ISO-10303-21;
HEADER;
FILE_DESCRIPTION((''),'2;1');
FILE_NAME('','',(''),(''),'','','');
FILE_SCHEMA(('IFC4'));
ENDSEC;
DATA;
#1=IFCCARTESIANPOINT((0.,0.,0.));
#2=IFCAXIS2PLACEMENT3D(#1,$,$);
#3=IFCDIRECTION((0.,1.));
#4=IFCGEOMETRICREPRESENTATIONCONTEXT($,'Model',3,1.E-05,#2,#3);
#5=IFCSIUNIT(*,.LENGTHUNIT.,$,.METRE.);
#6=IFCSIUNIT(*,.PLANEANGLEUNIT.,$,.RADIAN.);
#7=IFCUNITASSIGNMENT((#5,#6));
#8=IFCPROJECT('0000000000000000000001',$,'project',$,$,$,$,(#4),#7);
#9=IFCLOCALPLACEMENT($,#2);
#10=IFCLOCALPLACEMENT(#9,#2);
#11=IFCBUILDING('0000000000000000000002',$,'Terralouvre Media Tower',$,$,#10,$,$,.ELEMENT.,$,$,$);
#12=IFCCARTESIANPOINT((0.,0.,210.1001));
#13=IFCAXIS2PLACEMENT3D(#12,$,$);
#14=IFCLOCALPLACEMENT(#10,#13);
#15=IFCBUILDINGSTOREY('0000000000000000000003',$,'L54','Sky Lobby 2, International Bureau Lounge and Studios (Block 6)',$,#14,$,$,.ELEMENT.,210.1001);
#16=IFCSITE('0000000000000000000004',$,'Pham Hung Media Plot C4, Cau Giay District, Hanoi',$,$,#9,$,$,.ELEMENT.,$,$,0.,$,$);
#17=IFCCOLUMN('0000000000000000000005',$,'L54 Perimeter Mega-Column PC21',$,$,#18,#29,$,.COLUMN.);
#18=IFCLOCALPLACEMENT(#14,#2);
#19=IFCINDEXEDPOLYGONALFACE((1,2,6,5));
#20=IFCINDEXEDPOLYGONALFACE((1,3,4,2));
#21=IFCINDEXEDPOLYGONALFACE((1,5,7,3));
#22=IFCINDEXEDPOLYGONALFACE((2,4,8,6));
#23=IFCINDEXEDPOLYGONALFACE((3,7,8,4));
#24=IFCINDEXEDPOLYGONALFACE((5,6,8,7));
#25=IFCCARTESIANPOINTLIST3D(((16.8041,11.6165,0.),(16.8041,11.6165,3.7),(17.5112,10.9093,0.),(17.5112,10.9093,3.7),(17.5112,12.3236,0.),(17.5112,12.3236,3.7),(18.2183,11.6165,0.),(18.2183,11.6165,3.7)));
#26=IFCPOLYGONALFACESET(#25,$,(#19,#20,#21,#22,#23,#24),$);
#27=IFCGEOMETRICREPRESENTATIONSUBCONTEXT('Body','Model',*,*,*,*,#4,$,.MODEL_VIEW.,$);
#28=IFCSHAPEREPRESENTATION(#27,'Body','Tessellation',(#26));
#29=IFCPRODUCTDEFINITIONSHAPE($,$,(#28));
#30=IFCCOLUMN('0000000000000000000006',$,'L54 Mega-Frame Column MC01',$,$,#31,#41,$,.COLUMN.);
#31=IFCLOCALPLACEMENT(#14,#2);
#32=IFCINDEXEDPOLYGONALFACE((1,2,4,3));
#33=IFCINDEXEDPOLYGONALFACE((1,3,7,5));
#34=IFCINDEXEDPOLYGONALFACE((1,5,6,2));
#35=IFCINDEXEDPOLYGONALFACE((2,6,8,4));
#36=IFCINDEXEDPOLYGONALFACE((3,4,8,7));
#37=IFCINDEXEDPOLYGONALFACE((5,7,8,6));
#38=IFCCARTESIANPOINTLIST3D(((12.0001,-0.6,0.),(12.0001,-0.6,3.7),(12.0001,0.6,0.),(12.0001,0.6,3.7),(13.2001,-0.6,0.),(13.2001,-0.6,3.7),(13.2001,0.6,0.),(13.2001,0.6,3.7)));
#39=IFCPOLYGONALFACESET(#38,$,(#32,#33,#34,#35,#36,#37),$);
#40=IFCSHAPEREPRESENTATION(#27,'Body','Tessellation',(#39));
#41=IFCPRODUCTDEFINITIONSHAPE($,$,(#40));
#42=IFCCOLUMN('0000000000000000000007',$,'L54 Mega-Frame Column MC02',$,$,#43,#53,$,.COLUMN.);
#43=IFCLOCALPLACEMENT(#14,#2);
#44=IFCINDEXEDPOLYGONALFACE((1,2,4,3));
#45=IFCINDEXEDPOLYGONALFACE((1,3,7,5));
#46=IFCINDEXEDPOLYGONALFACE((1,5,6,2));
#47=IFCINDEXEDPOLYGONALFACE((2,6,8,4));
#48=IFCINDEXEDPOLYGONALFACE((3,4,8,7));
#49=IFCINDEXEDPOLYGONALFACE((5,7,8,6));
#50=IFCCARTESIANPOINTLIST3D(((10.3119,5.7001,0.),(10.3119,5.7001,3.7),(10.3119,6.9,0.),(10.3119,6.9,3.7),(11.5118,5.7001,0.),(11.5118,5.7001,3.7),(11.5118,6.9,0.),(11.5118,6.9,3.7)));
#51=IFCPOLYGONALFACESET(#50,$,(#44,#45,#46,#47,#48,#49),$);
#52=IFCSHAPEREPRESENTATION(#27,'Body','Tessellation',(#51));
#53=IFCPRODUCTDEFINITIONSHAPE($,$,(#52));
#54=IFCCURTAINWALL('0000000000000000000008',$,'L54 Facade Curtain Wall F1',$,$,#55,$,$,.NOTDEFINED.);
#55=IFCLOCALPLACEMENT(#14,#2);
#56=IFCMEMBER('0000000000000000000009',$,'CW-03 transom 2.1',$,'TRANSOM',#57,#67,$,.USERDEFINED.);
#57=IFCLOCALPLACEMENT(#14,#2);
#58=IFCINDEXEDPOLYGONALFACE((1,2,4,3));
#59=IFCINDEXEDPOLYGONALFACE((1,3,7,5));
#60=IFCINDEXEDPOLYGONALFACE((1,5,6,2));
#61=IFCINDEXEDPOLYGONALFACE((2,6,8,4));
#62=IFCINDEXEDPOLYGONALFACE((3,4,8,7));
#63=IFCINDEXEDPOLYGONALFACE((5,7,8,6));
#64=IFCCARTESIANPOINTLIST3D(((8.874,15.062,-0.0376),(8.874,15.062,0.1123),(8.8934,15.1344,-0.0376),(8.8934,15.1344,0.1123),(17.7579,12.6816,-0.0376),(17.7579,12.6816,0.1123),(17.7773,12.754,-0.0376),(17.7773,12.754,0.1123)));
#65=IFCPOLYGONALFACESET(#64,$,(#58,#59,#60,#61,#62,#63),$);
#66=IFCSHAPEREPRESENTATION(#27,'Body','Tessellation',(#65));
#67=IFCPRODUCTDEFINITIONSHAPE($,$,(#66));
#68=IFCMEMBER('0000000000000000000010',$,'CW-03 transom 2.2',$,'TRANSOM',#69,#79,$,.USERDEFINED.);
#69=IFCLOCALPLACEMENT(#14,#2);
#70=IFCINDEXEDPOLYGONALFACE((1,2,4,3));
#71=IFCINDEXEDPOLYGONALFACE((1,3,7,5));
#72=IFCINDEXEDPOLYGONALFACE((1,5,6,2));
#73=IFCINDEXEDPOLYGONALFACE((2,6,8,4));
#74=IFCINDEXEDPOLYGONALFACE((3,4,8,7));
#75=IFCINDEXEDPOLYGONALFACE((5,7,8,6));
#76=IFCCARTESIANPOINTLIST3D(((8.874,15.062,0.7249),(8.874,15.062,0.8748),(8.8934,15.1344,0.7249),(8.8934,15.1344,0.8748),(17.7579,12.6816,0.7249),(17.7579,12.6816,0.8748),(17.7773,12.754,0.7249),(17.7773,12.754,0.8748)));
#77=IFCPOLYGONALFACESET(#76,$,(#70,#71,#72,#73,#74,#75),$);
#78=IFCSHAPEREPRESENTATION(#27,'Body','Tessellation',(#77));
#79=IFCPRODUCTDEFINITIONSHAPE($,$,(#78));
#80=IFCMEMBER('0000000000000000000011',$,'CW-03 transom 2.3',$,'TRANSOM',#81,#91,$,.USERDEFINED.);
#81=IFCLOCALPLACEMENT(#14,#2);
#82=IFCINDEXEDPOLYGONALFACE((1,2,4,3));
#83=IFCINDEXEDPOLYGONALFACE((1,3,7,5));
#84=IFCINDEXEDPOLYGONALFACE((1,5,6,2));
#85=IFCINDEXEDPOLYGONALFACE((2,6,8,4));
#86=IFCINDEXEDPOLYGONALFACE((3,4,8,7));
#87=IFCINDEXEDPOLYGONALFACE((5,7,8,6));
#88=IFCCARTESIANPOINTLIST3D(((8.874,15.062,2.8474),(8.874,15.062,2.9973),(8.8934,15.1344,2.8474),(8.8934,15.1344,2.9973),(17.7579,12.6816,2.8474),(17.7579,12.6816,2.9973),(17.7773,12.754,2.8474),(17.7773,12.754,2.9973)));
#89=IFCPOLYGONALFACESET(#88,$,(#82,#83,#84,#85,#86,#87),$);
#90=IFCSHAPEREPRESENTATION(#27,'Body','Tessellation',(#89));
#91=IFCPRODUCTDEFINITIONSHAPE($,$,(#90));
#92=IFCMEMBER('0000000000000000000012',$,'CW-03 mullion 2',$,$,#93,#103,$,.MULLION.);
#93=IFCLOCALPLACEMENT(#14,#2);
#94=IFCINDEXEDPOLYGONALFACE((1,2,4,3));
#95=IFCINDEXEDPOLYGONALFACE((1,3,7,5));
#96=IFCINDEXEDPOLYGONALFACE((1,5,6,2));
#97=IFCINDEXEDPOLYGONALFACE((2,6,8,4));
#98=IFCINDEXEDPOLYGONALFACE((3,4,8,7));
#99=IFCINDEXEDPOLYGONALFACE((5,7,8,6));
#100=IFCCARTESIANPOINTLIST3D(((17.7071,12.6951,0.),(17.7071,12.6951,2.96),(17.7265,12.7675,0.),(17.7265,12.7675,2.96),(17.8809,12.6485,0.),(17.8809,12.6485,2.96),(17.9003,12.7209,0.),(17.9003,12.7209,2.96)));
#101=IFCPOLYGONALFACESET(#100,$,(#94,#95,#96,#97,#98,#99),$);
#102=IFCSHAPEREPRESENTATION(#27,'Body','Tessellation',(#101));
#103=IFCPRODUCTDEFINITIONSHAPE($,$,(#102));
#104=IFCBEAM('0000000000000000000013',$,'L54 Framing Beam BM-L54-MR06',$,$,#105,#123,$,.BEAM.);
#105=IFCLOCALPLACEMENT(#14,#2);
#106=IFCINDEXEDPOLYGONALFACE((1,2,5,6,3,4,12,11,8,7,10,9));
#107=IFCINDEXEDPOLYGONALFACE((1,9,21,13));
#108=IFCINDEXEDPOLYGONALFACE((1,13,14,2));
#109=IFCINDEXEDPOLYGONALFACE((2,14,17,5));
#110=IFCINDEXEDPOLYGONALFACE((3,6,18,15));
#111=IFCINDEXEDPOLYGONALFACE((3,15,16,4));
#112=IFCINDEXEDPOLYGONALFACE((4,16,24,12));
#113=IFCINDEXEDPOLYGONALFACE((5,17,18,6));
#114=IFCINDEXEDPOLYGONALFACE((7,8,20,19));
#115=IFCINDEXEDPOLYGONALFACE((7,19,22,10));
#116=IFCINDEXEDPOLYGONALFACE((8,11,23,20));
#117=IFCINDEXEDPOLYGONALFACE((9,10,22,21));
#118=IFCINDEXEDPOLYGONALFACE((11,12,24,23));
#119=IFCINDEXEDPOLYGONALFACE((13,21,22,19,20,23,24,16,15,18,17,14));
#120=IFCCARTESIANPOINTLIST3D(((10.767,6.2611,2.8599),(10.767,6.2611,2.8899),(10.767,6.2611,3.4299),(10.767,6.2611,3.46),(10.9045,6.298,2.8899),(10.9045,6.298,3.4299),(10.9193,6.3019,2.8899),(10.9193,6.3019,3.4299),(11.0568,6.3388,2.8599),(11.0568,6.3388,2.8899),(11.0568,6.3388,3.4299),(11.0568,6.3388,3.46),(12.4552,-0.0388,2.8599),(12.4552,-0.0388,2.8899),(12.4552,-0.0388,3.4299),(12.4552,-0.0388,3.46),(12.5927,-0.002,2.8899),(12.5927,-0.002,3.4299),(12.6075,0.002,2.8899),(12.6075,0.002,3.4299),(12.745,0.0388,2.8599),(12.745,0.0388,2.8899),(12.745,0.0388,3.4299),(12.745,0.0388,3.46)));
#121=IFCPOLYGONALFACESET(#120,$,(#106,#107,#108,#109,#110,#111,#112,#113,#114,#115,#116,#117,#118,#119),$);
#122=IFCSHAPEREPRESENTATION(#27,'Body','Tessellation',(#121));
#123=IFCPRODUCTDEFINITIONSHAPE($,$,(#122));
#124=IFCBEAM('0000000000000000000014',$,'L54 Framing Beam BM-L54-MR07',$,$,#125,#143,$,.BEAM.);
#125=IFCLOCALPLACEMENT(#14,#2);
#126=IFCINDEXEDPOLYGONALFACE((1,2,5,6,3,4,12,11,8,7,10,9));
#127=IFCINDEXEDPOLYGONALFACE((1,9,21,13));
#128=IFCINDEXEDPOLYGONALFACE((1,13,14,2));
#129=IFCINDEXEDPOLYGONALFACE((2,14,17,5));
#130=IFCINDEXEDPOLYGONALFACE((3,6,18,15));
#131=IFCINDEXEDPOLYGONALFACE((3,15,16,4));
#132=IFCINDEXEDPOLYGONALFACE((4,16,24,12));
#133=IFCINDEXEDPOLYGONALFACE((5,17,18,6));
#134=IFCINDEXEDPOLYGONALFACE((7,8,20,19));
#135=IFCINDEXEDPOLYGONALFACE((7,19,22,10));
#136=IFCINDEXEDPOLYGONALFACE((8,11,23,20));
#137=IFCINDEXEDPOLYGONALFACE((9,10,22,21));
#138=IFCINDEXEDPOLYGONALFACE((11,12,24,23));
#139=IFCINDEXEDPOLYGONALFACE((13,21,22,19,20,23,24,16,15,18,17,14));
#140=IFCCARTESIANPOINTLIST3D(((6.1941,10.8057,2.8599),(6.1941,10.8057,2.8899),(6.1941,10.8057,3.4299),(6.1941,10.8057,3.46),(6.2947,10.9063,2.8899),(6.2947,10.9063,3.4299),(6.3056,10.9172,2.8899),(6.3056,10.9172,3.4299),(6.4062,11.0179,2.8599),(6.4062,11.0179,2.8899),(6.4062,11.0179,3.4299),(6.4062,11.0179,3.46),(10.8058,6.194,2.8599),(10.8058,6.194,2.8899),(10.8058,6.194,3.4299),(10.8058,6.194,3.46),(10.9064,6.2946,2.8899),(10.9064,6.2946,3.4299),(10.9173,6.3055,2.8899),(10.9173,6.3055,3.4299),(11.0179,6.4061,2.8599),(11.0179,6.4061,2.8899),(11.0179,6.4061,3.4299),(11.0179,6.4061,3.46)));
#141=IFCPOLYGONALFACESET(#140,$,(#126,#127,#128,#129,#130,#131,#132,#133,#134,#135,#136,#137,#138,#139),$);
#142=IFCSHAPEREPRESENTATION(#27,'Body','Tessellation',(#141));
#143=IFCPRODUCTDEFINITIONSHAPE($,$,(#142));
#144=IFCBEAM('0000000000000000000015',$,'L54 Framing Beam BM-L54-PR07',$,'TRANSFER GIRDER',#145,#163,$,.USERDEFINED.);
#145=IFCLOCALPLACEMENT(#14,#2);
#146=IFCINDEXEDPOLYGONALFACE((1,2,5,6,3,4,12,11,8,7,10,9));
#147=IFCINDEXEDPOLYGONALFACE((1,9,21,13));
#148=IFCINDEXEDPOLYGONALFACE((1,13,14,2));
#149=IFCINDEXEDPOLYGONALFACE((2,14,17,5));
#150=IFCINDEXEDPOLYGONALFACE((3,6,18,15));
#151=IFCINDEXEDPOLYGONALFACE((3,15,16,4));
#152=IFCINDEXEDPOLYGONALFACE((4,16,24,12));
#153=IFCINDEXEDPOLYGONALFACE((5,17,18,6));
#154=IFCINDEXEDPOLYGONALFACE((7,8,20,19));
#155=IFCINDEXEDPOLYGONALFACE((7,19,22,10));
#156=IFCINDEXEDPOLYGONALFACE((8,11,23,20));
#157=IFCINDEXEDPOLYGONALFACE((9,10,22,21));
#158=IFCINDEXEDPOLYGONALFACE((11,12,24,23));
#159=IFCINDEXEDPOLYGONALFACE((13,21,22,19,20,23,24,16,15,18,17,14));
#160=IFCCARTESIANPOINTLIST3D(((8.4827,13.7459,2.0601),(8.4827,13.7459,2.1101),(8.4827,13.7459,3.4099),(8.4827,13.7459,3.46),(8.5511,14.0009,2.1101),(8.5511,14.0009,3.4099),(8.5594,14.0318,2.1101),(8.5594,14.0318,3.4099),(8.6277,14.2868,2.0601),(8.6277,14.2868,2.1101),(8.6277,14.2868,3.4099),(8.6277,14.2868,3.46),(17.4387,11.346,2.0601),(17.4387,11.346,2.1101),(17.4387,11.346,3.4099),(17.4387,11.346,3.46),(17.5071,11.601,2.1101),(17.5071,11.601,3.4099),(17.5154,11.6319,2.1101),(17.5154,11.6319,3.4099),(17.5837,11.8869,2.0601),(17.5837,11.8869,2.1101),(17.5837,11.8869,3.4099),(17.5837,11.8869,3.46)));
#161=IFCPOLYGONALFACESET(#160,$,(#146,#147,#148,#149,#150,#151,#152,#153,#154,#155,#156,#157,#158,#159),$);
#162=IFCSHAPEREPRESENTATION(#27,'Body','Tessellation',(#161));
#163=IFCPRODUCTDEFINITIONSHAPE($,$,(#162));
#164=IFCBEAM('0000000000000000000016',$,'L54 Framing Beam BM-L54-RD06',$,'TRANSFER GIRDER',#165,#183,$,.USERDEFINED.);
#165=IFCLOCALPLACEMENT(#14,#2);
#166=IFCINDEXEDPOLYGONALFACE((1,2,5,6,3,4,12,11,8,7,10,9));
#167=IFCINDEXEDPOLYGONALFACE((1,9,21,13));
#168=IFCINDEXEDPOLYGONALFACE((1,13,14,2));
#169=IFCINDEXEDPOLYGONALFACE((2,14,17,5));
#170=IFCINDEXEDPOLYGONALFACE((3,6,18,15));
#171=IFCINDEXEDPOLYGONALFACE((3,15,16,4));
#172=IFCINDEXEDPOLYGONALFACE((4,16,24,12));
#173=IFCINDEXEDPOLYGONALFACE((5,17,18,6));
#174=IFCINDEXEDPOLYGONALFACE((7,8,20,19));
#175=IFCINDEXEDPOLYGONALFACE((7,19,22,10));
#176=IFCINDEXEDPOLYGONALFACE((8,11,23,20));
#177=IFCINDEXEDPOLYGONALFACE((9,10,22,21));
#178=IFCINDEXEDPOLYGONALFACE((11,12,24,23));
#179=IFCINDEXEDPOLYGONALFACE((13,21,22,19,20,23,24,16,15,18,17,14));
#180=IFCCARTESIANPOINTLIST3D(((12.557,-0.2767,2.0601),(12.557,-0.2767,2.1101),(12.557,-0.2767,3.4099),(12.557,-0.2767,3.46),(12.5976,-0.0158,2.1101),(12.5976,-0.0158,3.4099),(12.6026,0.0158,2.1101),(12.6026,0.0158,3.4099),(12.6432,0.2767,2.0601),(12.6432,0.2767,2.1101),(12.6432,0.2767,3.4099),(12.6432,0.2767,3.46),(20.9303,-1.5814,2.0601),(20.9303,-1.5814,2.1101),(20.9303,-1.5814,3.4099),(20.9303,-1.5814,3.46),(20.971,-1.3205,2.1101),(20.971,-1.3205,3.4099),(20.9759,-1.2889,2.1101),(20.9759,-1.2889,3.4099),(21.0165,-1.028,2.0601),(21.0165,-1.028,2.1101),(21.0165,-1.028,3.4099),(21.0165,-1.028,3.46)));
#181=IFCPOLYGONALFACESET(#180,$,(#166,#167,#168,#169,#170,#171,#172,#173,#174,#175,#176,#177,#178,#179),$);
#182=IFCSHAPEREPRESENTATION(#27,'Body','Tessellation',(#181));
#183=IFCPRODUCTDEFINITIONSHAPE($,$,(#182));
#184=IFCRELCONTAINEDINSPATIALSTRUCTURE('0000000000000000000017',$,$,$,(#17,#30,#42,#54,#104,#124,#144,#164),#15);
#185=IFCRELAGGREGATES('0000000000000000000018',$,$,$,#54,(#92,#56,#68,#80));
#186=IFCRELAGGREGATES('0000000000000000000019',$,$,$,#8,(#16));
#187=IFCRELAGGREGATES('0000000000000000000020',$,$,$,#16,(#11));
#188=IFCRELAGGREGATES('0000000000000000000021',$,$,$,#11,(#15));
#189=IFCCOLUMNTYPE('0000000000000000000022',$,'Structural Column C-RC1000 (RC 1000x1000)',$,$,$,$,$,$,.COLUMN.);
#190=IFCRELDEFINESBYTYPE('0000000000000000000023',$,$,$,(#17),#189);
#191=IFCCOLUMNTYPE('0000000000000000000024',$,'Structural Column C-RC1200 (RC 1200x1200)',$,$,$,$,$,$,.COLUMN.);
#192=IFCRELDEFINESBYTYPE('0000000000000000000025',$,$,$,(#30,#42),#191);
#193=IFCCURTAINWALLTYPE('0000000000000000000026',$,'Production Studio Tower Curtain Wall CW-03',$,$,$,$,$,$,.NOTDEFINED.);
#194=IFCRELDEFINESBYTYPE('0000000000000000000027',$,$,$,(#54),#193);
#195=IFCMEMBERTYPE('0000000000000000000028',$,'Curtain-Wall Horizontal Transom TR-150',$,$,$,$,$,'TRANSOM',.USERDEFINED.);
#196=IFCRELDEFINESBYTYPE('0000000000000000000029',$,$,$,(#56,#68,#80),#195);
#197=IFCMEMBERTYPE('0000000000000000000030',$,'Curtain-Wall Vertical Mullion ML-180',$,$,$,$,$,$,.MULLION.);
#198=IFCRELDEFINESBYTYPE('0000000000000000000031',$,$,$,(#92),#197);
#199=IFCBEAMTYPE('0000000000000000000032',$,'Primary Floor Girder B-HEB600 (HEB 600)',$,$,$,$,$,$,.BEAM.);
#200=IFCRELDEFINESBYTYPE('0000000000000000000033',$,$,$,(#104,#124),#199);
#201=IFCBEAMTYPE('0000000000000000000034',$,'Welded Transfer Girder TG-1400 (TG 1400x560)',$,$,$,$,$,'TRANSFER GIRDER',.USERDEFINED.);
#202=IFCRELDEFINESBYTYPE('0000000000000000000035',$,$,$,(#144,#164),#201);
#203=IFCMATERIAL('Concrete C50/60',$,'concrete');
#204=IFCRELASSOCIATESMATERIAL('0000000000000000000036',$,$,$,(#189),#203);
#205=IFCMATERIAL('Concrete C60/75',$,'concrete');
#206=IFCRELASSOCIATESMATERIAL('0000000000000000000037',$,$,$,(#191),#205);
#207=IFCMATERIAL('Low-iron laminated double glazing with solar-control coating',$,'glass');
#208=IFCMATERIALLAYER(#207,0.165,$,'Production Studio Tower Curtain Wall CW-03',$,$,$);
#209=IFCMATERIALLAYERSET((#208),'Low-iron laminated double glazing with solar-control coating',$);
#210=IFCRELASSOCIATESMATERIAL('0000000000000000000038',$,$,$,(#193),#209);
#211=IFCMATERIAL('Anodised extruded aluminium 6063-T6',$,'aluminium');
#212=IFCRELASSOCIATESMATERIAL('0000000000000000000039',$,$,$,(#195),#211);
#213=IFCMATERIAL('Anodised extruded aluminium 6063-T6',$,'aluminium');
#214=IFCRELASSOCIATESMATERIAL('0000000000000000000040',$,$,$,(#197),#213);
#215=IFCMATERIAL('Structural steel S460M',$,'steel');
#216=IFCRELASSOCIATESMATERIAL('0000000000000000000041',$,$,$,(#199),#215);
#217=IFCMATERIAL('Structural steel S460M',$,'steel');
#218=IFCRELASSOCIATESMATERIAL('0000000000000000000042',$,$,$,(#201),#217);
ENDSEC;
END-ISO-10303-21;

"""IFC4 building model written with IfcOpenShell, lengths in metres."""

from ifc_helpers import new_model, si_unit, direction, frame, origin, origin_2d, place, context, subcontext, project, spatial, rectangle, i_section, extrude, material, layer, layer_set, material_profile, profile_set, type_object, element, aggregate, save


model = new_model("IFC4")

# Units and contexts
model_context = context("Model", 3, precision=1e-05, world=origin(), true_north=direction((0.0, 1.0)))
body_context = subcontext(model_context, "Body", "Model", "MODEL_VIEW")
ifc_project = project(units=[si_unit("LENGTHUNIT", "METRE"), si_unit("PLANEANGLEUNIT", "RADIAN")], contexts=[model_context])

# Site, building, storey
site_placement = place(None, origin())
site = spatial("IfcSite", under=ifc_project, at=site_placement, Name="Pham Hung Media Plot C4, Cau Giay District, Hanoi", CompositionType="ELEMENT", RefElevation=0.0)
building_placement = place(site_placement, origin())
building = spatial("IfcBuilding", under=site, at=building_placement, Name="Terralouvre Media Tower", CompositionType="ELEMENT")
storey_placement = place(building_placement, frame((0.0, 0.0, 210.1001)))
storey = spatial("IfcBuildingStorey", under=building, at=storey_placement, Name="L54", Description="Sky Lobby 2, International Bureau Lounge and Studios (Block 6)", CompositionType="ELEMENT", Elevation=210.1001)

# Columns
ifc_material_1 = material(Name="Concrete C50/60", Category="concrete")
ifc_material_profile_1 = material_profile(ifc_material_1, rectangle(XDim=1.0, YDim=1.0, at=origin_2d()), Name="RC 1000x1000")
ifc_profile_set_1 = profile_set([ifc_material_profile_1], Name="Concrete C50/60")
column_type_1 = type_object("IfcColumnType", Name="Structural Column C-RC1000 (RC 1000x1000)", PredefinedType="COLUMN", material=ifc_profile_set_1)
column_placement = place(storey_placement, frame((17.5112, 11.6165, 0.0), z_axis=(0.0, 0.0, 1.0), x_axis=(0.707107, 0.707107, 0.0)))
element("IfcColumn", 1, at=column_placement, inside=storey, type_object=column_type_1, Name="L54 Perimeter Mega-Column PC21", PredefinedType="COLUMN", context=body_context, shape_type="SweptSolid", body=[
    extrude(rectangle(XDim=1.0, YDim=1.0, at=origin_2d()), origin(), (0.0, 0.0, 1.0), 3.7),
])
ifc_material_2 = material(Name="Concrete C60/75", Category="concrete")
ifc_material_profile_2 = material_profile(ifc_material_2, rectangle(XDim=1.2, YDim=1.2, at=origin_2d()), Name="RC 1200x1200")
ifc_profile_set_2 = profile_set([ifc_material_profile_2], Name="Concrete C60/75")
column_type_2 = type_object("IfcColumnType", Name="Structural Column C-RC1200 (RC 1200x1200)", PredefinedType="COLUMN", material=ifc_profile_set_2)
for number, where, z_axis, x_axis, name in (
    (2, (12.6001, 0.0, 0.0), (0.0, 0.0, 1.0), (1.0, 0.0, 0.0), "L54 Mega-Frame Column MC01"),
    (3, (10.9119, 6.3, 0.0), (0.0, 0.0, 1.0), (1.0, 0.0, 0.0), "L54 Mega-Frame Column MC02"),
):
    element("IfcColumn", number, at=place(storey_placement, frame(where, z_axis=z_axis, x_axis=x_axis)), inside=storey, type_object=column_type_2, Name=name, PredefinedType="COLUMN", context=body_context, shape_type="SweptSolid", body=[
        extrude(rectangle(XDim=1.2, YDim=1.2, at=origin_2d()), origin(), (0.0, 0.0, 1.0), 3.7),
    ])

# Curtain wall, members
ifc_material_3 = material(Name="Low-iron laminated double glazing with solar-control coating", Category="glass")
ifc_layer_1 = layer(ifc_material_3, 0.165, Name="Production Studio Tower Curtain Wall CW-03")
ifc_layer_set_1 = layer_set([ifc_layer_1], Name="Low-iron laminated double glazing with solar-control coating")
curtain_wall_type = type_object("IfcCurtainWallType", Name="Production Studio Tower Curtain Wall CW-03", PredefinedType="NOTDEFINED", material=ifc_layer_set_1)
curtain_wall_placement = place(storey_placement, origin())
curtain_wall = element("IfcCurtainWall", 4, at=curtain_wall_placement, inside=storey, type_object=curtain_wall_type, Name="L54 Facade Curtain Wall F1", PredefinedType="NOTDEFINED")
ifc_material_4 = material(Name="Anodised extruded aluminium 6063-T6", Category="aluminium")
ifc_material_profile_3 = material_profile(ifc_material_4, rectangle(XDim=0.075, YDim=0.1499, at=origin_2d()), Name="ALU 75x150")
ifc_profile_set_3 = profile_set([ifc_material_profile_3], Name="Anodised extruded aluminium 6063-T6")
member_type_1 = type_object("IfcMemberType", Name="Curtain-Wall Horizontal Transom TR-150", ElementType="TRANSOM", PredefinedType="USERDEFINED", material=ifc_profile_set_3)
member_1_placement = place(storey_placement, frame((17.7676, 12.7178, 0.0374), z_axis=(-0.965927, 0.258816, 0.0), x_axis=(-0.258816, -0.965927, 0.0)))
member_1 = element("IfcMember", 5, at=member_1_placement, type_object=member_type_1, Name="CW-03 transom 2.1", ObjectType="TRANSOM", PredefinedType="USERDEFINED", context=body_context, shape_type="SweptSolid", body=[
    extrude(rectangle(XDim=0.075, YDim=0.1499, at=origin_2d()), origin(), (0.0, 0.0, 1.0), 9.1973),
])
member_2_placement = place(storey_placement, frame((17.7676, 12.7178, 0.7998), z_axis=(-0.965927, 0.258816, 0.0), x_axis=(-0.258816, -0.965927, 0.0)))
member_2 = element("IfcMember", 6, at=member_2_placement, type_object=member_type_1, Name="CW-03 transom 2.2", ObjectType="TRANSOM", PredefinedType="USERDEFINED", context=body_context, shape_type="SweptSolid", body=[
    extrude(rectangle(XDim=0.075, YDim=0.1499, at=origin_2d()), origin(), (0.0, 0.0, 1.0), 9.1973),
])
member_3_placement = place(storey_placement, frame((17.7676, 12.7178, 2.9224), z_axis=(-0.965927, 0.258816, 0.0), x_axis=(-0.258816, -0.965927, 0.0)))
member_3 = element("IfcMember", 7, at=member_3_placement, type_object=member_type_1, Name="CW-03 transom 2.3", ObjectType="TRANSOM", PredefinedType="USERDEFINED", context=body_context, shape_type="SweptSolid", body=[
    extrude(rectangle(XDim=0.075, YDim=0.1499, at=origin_2d()), origin(), (0.0, 0.0, 1.0), 9.1973),
])
ifc_material_5 = material(Name="Anodised extruded aluminium 6063-T6", Category="aluminium")
ifc_material_profile_4 = material_profile(ifc_material_5, rectangle(XDim=0.075, YDim=0.1799, at=origin_2d()), Name="ALU 75x180")
ifc_profile_set_4 = profile_set([ifc_material_profile_4], Name="Anodised extruded aluminium 6063-T6")
member_type_2 = type_object("IfcMemberType", Name="Curtain-Wall Vertical Mullion ML-180", PredefinedType="MULLION", material=ifc_profile_set_4)
member_4_placement = place(storey_placement, frame((17.8037, 12.708, 0.0), z_axis=(0.0, 0.0, 1.0), x_axis=(-0.258819, -0.965926, 0.0)))
member_4 = element("IfcMember", 8, at=member_4_placement, type_object=member_type_2, Name="CW-03 mullion 2", PredefinedType="MULLION", context=body_context, shape_type="SweptSolid", body=[
    extrude(rectangle(XDim=0.075, YDim=0.1799, at=origin_2d()), origin(), (0.0, 0.0, 1.0), 2.96),
])

# Beams
ifc_material_6 = material(Name="Structural steel S460M", Category="steel")
ifc_material_profile_5 = material_profile(ifc_material_6, i_section(OverallWidth=0.3, OverallDepth=0.6001, WebThickness=0.0154, FlangeThickness=0.03, at=origin_2d()), Name="HEB 600")
ifc_profile_set_5 = profile_set([ifc_material_profile_5], Name="Structural steel S460M")
beam_type_1 = type_object("IfcBeamType", Name="Primary Floor Girder B-HEB600 (HEB 600)", PredefinedType="BEAM", material=ifc_profile_set_5)
beam_1_placement = place(storey_placement, frame((12.6001, 0.0, 3.1599), z_axis=(-0.258839, 0.96592, 0.0), x_axis=(-0.96592, -0.258839, 0.0)))
element("IfcBeam", 9, at=beam_1_placement, inside=storey, type_object=beam_type_1, Name="L54 Framing Beam BM-L54-MR06", PredefinedType="BEAM", context=body_context, shape_type="SweptSolid", body=[
    extrude(i_section(OverallWidth=0.3, OverallDepth=0.6001, WebThickness=0.0154, FlangeThickness=0.03, at=origin_2d()), origin(), (0.0, 0.0, 1.0), 6.5222),
])
beam_2_placement = place(storey_placement, frame((10.9119, 6.3, 3.1599), z_axis=(-0.707107, 0.707107, 0.0), x_axis=(-0.707107, -0.707107, 0.0)))
element("IfcBeam", 10, at=beam_2_placement, inside=storey, type_object=beam_type_1, Name="L54 Framing Beam BM-L54-MR07", PredefinedType="BEAM", context=body_context, shape_type="SweptSolid", body=[
    extrude(i_section(OverallWidth=0.3, OverallDepth=0.6001, WebThickness=0.0154, FlangeThickness=0.03, at=origin_2d()), origin(), (0.0, 0.0, 1.0), 6.522),
])
ifc_material_7 = material(Name="Structural steel S460M", Category="steel")
ifc_material_profile_6 = material_profile(ifc_material_7, i_section(OverallWidth=0.5601, OverallDepth=1.3999, WebThickness=0.032, FlangeThickness=0.05, at=origin_2d()), Name="TG 1400x560")
ifc_profile_set_6 = profile_set([ifc_material_profile_6], Name="Structural steel S460M")
beam_type_2 = type_object("IfcBeamType", Name="Welded Transfer Girder TG-1400 (TG 1400x560)", ElementType="TRANSFER GIRDER", PredefinedType="USERDEFINED", material=ifc_profile_set_6)
beam_3_placement = place(storey_placement, frame((17.5112, 11.6165, 2.76), z_axis=(-0.965922, 0.258833, 0.0), x_axis=(-0.258833, -0.965922, 0.0)))
element("IfcBeam", 11, at=beam_3_placement, inside=storey, type_object=beam_type_2, Name="L54 Framing Beam BM-L54-PR07", ObjectType="TRANSFER GIRDER", PredefinedType="USERDEFINED", context=body_context, shape_type="SweptSolid", body=[
    extrude(i_section(OverallWidth=0.5601, OverallDepth=1.3999, WebThickness=0.032, FlangeThickness=0.05, at=origin_2d()), origin(), (0.0, 0.0, 1.0), 9.272),
])
for number, where, z_axis, x_axis, name in (
    (12, (12.6001, 0.0, 2.76), (0.988077, -0.153958, 0.0), (0.153958, 0.988077, 0.0), "L54 Framing Beam BM-L54-RD06"),
):
    element("IfcBeam", number, at=place(storey_placement, frame(where, z_axis=z_axis, x_axis=x_axis)), inside=storey, type_object=beam_type_2, Name=name, ObjectType="TRANSFER GIRDER", PredefinedType="USERDEFINED", context=body_context, shape_type="SweptSolid", body=[
        extrude(i_section(OverallWidth=0.5601, OverallDepth=1.3999, WebThickness=0.032, FlangeThickness=0.05, at=origin_2d()), origin(), (0.0, 0.0, 1.0), 8.4744),
    ])

aggregate(curtain_wall, [member_4, member_1, member_2, member_3])

save(model, "model.ifc")
